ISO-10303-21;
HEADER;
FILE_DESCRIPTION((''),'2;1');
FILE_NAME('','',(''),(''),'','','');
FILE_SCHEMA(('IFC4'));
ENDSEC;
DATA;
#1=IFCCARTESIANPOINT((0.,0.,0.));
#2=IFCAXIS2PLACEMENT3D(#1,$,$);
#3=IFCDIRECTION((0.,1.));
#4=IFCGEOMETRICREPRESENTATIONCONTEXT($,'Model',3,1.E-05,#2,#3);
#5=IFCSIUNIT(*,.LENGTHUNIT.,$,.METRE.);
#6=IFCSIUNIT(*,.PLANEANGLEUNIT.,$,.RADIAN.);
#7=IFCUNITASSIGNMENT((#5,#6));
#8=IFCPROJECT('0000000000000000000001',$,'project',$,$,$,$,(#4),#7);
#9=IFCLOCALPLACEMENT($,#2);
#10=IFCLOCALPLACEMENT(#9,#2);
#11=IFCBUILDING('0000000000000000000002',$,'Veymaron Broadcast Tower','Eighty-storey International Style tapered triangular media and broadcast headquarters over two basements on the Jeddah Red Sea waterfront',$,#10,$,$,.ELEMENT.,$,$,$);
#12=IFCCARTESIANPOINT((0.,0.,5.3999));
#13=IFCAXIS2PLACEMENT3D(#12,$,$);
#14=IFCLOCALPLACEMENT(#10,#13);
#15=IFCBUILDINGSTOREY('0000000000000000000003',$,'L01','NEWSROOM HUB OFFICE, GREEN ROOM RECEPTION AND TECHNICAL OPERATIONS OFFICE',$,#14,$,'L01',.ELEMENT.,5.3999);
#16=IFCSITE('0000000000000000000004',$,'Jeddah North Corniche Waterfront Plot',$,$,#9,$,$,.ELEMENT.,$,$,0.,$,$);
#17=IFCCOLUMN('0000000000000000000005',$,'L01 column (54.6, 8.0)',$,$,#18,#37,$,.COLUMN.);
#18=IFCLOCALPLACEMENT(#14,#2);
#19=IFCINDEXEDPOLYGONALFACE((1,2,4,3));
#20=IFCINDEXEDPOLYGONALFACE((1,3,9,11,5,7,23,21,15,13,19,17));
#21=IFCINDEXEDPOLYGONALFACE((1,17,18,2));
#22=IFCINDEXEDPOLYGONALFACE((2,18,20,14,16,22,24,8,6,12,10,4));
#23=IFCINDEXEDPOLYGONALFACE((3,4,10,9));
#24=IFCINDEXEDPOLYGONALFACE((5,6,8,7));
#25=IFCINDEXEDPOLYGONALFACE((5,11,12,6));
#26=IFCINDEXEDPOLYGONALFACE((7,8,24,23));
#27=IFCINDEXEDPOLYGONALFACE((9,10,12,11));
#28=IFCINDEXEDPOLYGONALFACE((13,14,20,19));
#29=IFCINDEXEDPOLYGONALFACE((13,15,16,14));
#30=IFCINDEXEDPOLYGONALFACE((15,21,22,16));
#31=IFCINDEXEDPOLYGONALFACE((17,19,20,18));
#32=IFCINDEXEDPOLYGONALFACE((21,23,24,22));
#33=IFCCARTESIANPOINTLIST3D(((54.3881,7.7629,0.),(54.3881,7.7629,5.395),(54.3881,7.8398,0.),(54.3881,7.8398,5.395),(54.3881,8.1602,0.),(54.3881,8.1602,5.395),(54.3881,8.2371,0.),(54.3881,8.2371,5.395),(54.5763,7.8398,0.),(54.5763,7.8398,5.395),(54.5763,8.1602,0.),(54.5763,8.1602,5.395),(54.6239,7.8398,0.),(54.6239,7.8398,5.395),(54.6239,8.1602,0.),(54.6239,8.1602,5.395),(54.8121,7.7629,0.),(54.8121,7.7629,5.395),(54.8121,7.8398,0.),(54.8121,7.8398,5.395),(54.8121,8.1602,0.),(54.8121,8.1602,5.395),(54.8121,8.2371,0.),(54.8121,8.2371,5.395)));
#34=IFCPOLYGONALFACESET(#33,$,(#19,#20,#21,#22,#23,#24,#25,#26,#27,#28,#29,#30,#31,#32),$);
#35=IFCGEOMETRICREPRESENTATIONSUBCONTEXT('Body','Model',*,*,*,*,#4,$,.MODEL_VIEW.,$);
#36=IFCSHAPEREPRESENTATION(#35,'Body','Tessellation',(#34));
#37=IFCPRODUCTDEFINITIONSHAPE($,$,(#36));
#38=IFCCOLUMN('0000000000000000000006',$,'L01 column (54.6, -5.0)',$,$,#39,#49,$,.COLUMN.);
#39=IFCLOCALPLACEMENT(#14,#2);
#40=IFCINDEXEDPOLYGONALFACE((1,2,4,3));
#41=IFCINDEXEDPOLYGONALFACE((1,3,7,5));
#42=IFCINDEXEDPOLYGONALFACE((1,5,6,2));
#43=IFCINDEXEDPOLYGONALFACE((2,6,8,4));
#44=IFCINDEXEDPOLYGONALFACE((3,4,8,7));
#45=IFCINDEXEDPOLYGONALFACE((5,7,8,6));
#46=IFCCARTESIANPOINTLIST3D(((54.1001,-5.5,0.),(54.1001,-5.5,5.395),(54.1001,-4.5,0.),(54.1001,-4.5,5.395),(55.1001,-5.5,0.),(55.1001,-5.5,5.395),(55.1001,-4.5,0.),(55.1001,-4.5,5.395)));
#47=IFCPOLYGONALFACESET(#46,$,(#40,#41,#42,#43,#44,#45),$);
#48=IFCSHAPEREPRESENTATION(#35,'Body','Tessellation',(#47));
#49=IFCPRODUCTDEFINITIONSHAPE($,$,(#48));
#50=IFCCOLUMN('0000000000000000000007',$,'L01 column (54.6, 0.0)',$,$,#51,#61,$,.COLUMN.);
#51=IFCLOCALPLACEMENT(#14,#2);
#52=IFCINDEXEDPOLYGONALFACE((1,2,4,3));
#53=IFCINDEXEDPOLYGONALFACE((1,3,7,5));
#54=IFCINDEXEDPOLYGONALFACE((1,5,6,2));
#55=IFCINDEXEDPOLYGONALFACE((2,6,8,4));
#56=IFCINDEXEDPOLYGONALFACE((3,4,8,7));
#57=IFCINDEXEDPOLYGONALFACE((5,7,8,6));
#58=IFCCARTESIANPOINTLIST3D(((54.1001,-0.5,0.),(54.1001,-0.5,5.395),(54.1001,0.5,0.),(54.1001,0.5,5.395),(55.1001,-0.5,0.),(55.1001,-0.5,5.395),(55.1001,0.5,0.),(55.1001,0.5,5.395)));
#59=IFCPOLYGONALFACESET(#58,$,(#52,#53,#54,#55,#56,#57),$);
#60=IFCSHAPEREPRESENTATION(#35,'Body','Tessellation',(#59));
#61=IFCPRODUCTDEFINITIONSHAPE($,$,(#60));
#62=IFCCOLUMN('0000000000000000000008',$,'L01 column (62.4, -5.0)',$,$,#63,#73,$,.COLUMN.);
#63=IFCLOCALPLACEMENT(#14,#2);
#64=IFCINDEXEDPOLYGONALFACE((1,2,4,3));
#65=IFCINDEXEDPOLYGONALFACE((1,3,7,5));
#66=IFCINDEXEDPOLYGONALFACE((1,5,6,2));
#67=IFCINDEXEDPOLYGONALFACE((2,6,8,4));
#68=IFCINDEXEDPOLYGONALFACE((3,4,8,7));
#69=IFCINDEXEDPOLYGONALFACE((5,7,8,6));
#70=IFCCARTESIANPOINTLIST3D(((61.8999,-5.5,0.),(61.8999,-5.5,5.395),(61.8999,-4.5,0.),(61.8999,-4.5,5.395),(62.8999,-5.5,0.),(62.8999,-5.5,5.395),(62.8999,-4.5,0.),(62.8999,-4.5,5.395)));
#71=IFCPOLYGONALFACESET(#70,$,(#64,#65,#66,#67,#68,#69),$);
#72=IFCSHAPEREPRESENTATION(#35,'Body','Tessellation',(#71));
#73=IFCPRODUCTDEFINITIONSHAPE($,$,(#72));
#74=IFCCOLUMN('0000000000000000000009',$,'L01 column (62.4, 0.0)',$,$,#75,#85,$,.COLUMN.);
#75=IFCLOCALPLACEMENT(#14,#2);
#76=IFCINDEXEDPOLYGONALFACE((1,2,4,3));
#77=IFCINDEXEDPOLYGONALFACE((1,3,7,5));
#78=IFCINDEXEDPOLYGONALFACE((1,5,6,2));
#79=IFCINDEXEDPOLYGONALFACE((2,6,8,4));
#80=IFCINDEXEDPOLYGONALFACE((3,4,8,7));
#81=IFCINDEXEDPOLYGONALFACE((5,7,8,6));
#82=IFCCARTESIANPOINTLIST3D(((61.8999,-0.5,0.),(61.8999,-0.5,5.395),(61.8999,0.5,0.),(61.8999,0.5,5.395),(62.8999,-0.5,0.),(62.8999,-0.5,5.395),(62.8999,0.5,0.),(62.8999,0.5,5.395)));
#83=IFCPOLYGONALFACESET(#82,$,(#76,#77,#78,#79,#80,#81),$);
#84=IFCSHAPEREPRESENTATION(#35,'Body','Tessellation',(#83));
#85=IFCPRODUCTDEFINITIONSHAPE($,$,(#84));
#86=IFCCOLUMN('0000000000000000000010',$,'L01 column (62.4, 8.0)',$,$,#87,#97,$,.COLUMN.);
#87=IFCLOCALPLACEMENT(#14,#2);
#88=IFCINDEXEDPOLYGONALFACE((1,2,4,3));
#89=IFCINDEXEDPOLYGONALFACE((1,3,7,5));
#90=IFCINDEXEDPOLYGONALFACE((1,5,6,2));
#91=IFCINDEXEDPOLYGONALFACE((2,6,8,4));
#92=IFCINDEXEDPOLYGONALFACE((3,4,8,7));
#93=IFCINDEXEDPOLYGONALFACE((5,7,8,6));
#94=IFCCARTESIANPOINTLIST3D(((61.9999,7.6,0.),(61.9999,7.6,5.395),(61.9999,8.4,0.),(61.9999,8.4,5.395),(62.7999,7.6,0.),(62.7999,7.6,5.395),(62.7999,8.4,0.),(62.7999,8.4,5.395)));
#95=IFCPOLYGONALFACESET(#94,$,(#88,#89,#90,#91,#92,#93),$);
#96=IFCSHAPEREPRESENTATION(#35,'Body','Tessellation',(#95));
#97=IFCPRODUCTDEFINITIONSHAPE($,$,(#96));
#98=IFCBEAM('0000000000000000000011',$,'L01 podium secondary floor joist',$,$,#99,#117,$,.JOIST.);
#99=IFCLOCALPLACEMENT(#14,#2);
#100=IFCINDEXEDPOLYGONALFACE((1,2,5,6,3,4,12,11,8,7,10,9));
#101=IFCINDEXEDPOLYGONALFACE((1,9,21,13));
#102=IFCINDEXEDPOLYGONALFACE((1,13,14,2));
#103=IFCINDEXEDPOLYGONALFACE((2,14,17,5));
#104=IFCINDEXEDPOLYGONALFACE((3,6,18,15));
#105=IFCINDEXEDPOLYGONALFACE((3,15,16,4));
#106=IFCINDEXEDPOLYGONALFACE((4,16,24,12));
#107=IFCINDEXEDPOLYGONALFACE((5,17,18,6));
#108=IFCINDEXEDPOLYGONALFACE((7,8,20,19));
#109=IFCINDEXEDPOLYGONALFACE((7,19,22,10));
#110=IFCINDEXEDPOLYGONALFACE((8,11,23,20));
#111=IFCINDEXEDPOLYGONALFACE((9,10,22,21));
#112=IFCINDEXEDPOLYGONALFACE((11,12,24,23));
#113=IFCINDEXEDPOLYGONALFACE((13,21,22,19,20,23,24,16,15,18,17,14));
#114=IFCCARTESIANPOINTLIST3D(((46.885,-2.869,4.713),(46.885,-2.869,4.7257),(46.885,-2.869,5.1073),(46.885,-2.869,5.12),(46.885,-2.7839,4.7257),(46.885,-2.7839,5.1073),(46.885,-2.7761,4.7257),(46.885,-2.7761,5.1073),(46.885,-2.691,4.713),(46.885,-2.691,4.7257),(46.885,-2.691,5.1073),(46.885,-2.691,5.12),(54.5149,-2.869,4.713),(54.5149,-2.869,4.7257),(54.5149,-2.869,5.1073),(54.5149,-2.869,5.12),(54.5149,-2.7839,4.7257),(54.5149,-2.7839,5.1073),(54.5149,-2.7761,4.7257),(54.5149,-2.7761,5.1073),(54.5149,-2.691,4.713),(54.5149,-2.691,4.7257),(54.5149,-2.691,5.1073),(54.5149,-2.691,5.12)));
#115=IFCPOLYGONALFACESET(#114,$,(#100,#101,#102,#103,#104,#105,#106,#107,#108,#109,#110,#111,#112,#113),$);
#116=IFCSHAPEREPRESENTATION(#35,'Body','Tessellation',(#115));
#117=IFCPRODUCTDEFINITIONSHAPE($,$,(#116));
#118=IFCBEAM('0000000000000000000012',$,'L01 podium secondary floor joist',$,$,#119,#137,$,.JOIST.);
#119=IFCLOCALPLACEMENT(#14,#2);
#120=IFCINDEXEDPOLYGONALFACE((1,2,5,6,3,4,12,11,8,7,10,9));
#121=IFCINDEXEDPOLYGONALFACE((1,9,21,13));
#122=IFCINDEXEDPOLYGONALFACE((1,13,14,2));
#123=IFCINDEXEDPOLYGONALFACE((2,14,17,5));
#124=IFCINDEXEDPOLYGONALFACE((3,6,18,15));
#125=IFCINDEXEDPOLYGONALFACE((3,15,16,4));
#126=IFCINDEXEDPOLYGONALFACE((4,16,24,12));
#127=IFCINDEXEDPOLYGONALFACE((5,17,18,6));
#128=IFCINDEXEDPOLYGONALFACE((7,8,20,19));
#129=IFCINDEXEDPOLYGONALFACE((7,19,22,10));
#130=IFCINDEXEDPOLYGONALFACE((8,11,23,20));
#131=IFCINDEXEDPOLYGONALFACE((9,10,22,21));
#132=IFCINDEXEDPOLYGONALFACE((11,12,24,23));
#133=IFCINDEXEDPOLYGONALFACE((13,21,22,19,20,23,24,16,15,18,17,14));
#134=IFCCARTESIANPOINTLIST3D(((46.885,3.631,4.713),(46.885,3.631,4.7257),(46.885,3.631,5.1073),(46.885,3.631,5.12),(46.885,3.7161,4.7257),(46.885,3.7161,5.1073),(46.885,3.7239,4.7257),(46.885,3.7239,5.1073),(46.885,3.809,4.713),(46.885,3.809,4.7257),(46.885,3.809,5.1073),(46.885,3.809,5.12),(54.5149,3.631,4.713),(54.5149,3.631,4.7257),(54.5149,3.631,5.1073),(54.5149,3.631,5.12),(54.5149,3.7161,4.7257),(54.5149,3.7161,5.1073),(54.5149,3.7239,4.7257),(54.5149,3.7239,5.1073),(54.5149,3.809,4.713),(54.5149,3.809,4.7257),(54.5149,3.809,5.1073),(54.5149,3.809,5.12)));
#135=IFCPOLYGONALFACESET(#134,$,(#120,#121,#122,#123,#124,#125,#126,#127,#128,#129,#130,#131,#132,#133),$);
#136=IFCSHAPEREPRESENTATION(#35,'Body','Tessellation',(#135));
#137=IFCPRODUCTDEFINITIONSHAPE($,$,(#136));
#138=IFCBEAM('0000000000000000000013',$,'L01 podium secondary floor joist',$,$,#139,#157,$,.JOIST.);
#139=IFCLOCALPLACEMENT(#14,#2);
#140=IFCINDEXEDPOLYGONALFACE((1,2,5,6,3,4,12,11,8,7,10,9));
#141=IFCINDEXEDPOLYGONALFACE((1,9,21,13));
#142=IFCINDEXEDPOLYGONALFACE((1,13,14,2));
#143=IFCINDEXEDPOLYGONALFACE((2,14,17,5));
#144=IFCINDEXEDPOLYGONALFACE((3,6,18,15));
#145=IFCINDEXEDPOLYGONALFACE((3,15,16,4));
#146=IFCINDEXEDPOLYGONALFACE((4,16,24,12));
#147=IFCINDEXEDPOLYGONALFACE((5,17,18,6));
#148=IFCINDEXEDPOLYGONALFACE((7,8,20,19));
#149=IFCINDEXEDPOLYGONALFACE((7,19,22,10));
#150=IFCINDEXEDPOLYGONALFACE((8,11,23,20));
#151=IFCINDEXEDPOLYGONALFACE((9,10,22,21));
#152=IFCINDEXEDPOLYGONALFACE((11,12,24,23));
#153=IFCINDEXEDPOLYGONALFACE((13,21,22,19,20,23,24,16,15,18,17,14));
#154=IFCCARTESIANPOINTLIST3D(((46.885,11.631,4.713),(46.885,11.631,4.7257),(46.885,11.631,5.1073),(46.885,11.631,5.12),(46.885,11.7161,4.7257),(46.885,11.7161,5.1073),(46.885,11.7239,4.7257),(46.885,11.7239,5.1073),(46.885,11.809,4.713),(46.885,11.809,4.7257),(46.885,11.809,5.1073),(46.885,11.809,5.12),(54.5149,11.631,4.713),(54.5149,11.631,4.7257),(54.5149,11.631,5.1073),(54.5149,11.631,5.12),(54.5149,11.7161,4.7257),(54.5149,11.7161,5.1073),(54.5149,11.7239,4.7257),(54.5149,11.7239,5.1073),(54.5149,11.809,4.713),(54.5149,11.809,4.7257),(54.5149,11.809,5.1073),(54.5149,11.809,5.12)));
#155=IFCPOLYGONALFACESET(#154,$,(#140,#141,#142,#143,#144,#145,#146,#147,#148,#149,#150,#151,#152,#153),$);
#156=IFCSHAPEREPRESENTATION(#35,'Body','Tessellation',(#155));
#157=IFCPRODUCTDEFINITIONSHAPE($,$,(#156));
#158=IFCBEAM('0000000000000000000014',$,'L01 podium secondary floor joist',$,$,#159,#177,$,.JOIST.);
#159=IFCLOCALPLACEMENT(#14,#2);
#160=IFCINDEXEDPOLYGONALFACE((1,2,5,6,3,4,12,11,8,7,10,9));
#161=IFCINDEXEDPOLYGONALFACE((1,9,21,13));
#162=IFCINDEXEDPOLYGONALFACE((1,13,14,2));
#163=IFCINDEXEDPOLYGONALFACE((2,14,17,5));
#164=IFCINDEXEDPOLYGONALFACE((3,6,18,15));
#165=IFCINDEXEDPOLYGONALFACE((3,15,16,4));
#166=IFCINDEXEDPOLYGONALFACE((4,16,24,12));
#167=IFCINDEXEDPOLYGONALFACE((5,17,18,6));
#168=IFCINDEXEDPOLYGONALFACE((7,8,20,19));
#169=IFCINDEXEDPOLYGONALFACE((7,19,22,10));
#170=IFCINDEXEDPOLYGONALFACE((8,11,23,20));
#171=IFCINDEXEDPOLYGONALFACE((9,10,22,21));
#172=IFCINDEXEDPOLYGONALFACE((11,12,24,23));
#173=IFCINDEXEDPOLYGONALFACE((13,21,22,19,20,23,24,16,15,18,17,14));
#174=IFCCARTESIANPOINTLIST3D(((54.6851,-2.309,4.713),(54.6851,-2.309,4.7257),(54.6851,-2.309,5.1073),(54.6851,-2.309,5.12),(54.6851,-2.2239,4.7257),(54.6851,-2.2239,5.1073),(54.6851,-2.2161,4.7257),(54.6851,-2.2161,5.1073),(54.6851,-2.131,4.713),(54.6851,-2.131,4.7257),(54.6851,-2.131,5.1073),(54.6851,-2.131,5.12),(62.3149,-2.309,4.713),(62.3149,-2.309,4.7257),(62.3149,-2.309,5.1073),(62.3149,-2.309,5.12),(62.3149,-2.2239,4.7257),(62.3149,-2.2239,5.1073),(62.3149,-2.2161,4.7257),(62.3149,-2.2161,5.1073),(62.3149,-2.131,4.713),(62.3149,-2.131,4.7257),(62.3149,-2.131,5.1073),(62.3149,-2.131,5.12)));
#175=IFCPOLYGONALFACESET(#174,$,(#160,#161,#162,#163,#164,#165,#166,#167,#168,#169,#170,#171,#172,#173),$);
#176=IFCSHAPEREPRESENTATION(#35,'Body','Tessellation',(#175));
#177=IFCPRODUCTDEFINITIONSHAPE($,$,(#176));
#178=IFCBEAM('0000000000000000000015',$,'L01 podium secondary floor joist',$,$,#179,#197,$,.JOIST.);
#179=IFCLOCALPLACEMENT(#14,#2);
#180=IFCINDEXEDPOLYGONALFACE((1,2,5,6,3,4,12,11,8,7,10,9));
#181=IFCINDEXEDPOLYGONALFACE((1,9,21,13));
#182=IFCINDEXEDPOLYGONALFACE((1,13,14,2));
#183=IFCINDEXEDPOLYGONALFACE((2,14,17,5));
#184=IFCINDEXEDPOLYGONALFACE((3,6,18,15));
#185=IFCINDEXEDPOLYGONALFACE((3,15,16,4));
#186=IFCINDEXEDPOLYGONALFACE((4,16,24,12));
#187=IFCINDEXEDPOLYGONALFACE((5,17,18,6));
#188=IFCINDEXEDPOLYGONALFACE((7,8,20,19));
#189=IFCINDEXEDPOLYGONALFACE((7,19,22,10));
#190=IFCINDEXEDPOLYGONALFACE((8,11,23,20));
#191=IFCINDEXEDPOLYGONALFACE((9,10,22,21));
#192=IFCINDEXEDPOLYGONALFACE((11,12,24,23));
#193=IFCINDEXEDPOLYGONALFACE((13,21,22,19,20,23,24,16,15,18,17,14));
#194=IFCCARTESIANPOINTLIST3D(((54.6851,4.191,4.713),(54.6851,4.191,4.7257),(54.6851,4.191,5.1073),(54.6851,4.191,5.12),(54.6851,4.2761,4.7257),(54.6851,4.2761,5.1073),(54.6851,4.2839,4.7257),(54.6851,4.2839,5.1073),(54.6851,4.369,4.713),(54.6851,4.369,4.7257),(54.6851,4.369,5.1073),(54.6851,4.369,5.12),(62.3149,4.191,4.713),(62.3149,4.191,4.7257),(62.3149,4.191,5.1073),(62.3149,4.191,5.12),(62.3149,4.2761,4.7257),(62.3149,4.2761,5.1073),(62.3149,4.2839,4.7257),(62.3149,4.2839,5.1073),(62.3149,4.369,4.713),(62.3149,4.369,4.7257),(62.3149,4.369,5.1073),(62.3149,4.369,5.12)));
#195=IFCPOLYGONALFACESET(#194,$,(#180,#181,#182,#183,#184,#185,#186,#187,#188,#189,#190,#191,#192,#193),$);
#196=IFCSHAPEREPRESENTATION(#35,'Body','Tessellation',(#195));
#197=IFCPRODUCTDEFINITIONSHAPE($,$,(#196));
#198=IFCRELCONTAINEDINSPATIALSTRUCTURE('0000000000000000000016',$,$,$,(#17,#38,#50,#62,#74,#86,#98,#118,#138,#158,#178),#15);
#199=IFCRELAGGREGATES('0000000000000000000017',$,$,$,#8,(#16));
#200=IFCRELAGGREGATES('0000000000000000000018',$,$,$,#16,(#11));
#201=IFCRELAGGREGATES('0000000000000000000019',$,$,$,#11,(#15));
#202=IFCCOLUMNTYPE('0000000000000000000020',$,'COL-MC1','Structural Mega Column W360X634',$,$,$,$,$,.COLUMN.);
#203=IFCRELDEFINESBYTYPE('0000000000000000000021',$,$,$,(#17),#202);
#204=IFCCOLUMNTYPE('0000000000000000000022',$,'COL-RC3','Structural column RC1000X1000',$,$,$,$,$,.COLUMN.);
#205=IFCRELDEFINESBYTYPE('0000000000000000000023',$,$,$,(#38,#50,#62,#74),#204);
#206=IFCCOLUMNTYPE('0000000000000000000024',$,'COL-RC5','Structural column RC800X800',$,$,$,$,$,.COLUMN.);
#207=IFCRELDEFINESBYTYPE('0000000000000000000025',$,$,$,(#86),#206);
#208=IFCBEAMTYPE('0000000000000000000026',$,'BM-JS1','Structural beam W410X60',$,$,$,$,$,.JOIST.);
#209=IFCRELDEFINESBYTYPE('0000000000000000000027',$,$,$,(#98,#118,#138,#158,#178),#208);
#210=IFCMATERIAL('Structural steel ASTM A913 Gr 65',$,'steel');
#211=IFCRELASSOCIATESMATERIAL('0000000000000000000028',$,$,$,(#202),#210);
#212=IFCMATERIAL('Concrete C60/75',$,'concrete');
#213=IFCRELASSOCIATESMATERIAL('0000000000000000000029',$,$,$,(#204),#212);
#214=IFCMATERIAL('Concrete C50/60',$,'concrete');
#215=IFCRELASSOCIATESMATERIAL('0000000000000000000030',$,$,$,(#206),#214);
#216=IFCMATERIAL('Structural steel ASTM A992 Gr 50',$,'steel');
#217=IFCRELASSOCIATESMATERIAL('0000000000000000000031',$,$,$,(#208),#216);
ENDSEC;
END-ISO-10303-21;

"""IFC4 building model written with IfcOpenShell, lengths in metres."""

from ifc_helpers import new_model, si_unit, direction, frame, origin, origin_2d, place, context, subcontext, project, spatial, rectangle, i_section, extrude, material, material_profile, profile_set, type_object, element, save


model = new_model("IFC4")

# Units and contexts
model_context = context("Model", 3, precision=1e-05, world=origin(), true_north=direction((0.0, 1.0)))
body_context = subcontext(model_context, "Body", "Model", "MODEL_VIEW")
ifc_project = project(units=[si_unit("LENGTHUNIT", "METRE"), si_unit("PLANEANGLEUNIT", "RADIAN")], contexts=[model_context])

# Site, building, storey
site_placement = place(None, origin())
site = spatial("IfcSite", under=ifc_project, at=site_placement, Name="Jeddah North Corniche Waterfront Plot", CompositionType="ELEMENT", RefElevation=0.0)
building_placement = place(site_placement, origin())
building = spatial("IfcBuilding", under=site, at=building_placement, Name="Veymaron Broadcast Tower", Description="Eighty-storey International Style tapered triangular media and broadcast headquarters over two basements on the Jeddah Red Sea waterfront", CompositionType="ELEMENT")
storey_placement = place(building_placement, frame((0.0, 0.0, 5.3999)))
storey = spatial("IfcBuildingStorey", under=building, at=storey_placement, Name="L01", Description="NEWSROOM HUB OFFICE, GREEN ROOM RECEPTION AND TECHNICAL OPERATIONS OFFICE", LongName="L01", CompositionType="ELEMENT", Elevation=5.3999)

# Columns
ifc_material_1 = material(Name="Structural steel ASTM A913 Gr 65", Category="steel")
ifc_material_profile_1 = material_profile(ifc_material_1, i_section(OverallWidth=0.4241, OverallDepth=0.4741, WebThickness=0.0476, FlangeThickness=0.0769, at=origin_2d()), Name="W360X634")
ifc_profile_set_1 = profile_set([ifc_material_profile_1], Name="Structural steel ASTM A913 Gr 65")
column_type_1 = type_object("IfcColumnType", Name="COL-MC1", Description="Structural Mega Column W360X634", PredefinedType="COLUMN", material=ifc_profile_set_1)
column_1_placement = place(storey_placement, frame((54.6001, 8.0, 0.0), z_axis=(0.0, 0.0, 1.0), x_axis=(1.0, 0.0, 0.0)))
element("IfcColumn", 1, at=column_1_placement, inside=storey, type_object=column_type_1, Name="L01 column (54.6, 8.0)", PredefinedType="COLUMN", context=body_context, shape_type="SweptSolid", body=[
    extrude(i_section(OverallWidth=0.4241, OverallDepth=0.4741, WebThickness=0.0476, FlangeThickness=0.0769, at=origin_2d()), origin(), (0.0, 0.0, 1.0), 5.395),
])
ifc_material_2 = material(Name="Concrete C60/75", Category="concrete")
ifc_material_profile_2 = material_profile(ifc_material_2, rectangle(XDim=1.0, YDim=1.0, at=origin_2d()), Name="RC1000X1000")
ifc_profile_set_2 = profile_set([ifc_material_profile_2], Name="Concrete C60/75")
column_type_2 = type_object("IfcColumnType", Name="COL-RC3", Description="Structural column RC1000X1000", PredefinedType="COLUMN", material=ifc_profile_set_2)
for number, where, z_axis, x_axis, name in (
    (2, (54.6001, -5.0, 0.0), (0.0, 0.0, 1.0), (1.0, 0.0, 0.0), "L01 column (54.6, -5.0)"),
    (3, (54.6001, 0.0, 0.0), (0.0, 0.0, 1.0), (1.0, 0.0, 0.0), "L01 column (54.6, 0.0)"),
    (4, (62.3999, -5.0, 0.0), (0.0, 0.0, 1.0), (1.0, 0.0, 0.0), "L01 column (62.4, -5.0)"),
    (5, (62.3999, 0.0, 0.0), (0.0, 0.0, 1.0), (1.0, 0.0, 0.0), "L01 column (62.4, 0.0)"),
):
    element("IfcColumn", number, at=place(storey_placement, frame(where, z_axis=z_axis, x_axis=x_axis)), inside=storey, type_object=column_type_2, Name=name, PredefinedType="COLUMN", context=body_context, shape_type="SweptSolid", body=[
        extrude(rectangle(XDim=1.0, YDim=1.0, at=origin_2d()), origin(), (0.0, 0.0, 1.0), 5.395),
    ])
ifc_material_3 = material(Name="Concrete C50/60", Category="concrete")
ifc_material_profile_3 = material_profile(ifc_material_3, rectangle(XDim=0.8, YDim=0.8, at=origin_2d()), Name="RC800X800")
ifc_profile_set_3 = profile_set([ifc_material_profile_3], Name="Concrete C50/60")
column_type_3 = type_object("IfcColumnType", Name="COL-RC5", Description="Structural column RC800X800", PredefinedType="COLUMN", material=ifc_profile_set_3)
column_2_placement = place(storey_placement, frame((62.3999, 8.0, 0.0), z_axis=(0.0, 0.0, 1.0), x_axis=(1.0, 0.0, 0.0)))
element("IfcColumn", 6, at=column_2_placement, inside=storey, type_object=column_type_3, Name="L01 column (62.4, 8.0)", PredefinedType="COLUMN", context=body_context, shape_type="SweptSolid", body=[
    extrude(rectangle(XDim=0.8, YDim=0.8, at=origin_2d()), origin(), (0.0, 0.0, 1.0), 5.395),
])

# Beams
ifc_material_4 = material(Name="Structural steel ASTM A992 Gr 50", Category="steel")
ifc_material_profile_4 = material_profile(ifc_material_4, i_section(OverallWidth=0.178, OverallDepth=0.407, WebThickness=0.0078, FlangeThickness=0.0127, at=origin_2d()), Name="W410X60")
ifc_profile_set_4 = profile_set([ifc_material_profile_4], Name="Structural steel ASTM A992 Gr 50")
beam_type_1 = type_object("IfcBeamType", Name="BM-JS1", Description="Structural beam W410X60", PredefinedType="JOIST", material=ifc_profile_set_4)
for number, where, z_axis, x_axis, name in (
    (7, (46.885, -2.78, 4.9165), (1.0, 0.0, 0.0), (0.0, 1.0, 0.0), "L01 podium secondary floor joist"),
    (8, (46.885, 3.72, 4.9165), (1.0, 0.0, 0.0), (0.0, 1.0, 0.0), "L01 podium secondary floor joist"),
    (9, (46.885, 11.72, 4.9165), (1.0, 0.0, 0.0), (0.0, 1.0, 0.0), "L01 podium secondary floor joist"),
    (10, (54.6851, -2.22, 4.9165), (1.0, 0.0, 0.0), (0.0, 1.0, 0.0), "L01 podium secondary floor joist"),
    (11, (54.6851, 4.28, 4.9165), (1.0, 0.0, 0.0), (0.0, 1.0, 0.0), "L01 podium secondary floor joist"),
):
    element("IfcBeam", number, at=place(storey_placement, frame(where, z_axis=z_axis, x_axis=x_axis)), inside=storey, type_object=beam_type_1, Name=name, PredefinedType="JOIST", context=body_context, shape_type="SweptSolid", body=[
        extrude(i_section(OverallWidth=0.178, OverallDepth=0.407, WebThickness=0.0078, FlangeThickness=0.0127, at=origin_2d()), origin(), (0.0, 0.0, 1.0), 7.6299),
    ])

save(model, "model.ifc")
